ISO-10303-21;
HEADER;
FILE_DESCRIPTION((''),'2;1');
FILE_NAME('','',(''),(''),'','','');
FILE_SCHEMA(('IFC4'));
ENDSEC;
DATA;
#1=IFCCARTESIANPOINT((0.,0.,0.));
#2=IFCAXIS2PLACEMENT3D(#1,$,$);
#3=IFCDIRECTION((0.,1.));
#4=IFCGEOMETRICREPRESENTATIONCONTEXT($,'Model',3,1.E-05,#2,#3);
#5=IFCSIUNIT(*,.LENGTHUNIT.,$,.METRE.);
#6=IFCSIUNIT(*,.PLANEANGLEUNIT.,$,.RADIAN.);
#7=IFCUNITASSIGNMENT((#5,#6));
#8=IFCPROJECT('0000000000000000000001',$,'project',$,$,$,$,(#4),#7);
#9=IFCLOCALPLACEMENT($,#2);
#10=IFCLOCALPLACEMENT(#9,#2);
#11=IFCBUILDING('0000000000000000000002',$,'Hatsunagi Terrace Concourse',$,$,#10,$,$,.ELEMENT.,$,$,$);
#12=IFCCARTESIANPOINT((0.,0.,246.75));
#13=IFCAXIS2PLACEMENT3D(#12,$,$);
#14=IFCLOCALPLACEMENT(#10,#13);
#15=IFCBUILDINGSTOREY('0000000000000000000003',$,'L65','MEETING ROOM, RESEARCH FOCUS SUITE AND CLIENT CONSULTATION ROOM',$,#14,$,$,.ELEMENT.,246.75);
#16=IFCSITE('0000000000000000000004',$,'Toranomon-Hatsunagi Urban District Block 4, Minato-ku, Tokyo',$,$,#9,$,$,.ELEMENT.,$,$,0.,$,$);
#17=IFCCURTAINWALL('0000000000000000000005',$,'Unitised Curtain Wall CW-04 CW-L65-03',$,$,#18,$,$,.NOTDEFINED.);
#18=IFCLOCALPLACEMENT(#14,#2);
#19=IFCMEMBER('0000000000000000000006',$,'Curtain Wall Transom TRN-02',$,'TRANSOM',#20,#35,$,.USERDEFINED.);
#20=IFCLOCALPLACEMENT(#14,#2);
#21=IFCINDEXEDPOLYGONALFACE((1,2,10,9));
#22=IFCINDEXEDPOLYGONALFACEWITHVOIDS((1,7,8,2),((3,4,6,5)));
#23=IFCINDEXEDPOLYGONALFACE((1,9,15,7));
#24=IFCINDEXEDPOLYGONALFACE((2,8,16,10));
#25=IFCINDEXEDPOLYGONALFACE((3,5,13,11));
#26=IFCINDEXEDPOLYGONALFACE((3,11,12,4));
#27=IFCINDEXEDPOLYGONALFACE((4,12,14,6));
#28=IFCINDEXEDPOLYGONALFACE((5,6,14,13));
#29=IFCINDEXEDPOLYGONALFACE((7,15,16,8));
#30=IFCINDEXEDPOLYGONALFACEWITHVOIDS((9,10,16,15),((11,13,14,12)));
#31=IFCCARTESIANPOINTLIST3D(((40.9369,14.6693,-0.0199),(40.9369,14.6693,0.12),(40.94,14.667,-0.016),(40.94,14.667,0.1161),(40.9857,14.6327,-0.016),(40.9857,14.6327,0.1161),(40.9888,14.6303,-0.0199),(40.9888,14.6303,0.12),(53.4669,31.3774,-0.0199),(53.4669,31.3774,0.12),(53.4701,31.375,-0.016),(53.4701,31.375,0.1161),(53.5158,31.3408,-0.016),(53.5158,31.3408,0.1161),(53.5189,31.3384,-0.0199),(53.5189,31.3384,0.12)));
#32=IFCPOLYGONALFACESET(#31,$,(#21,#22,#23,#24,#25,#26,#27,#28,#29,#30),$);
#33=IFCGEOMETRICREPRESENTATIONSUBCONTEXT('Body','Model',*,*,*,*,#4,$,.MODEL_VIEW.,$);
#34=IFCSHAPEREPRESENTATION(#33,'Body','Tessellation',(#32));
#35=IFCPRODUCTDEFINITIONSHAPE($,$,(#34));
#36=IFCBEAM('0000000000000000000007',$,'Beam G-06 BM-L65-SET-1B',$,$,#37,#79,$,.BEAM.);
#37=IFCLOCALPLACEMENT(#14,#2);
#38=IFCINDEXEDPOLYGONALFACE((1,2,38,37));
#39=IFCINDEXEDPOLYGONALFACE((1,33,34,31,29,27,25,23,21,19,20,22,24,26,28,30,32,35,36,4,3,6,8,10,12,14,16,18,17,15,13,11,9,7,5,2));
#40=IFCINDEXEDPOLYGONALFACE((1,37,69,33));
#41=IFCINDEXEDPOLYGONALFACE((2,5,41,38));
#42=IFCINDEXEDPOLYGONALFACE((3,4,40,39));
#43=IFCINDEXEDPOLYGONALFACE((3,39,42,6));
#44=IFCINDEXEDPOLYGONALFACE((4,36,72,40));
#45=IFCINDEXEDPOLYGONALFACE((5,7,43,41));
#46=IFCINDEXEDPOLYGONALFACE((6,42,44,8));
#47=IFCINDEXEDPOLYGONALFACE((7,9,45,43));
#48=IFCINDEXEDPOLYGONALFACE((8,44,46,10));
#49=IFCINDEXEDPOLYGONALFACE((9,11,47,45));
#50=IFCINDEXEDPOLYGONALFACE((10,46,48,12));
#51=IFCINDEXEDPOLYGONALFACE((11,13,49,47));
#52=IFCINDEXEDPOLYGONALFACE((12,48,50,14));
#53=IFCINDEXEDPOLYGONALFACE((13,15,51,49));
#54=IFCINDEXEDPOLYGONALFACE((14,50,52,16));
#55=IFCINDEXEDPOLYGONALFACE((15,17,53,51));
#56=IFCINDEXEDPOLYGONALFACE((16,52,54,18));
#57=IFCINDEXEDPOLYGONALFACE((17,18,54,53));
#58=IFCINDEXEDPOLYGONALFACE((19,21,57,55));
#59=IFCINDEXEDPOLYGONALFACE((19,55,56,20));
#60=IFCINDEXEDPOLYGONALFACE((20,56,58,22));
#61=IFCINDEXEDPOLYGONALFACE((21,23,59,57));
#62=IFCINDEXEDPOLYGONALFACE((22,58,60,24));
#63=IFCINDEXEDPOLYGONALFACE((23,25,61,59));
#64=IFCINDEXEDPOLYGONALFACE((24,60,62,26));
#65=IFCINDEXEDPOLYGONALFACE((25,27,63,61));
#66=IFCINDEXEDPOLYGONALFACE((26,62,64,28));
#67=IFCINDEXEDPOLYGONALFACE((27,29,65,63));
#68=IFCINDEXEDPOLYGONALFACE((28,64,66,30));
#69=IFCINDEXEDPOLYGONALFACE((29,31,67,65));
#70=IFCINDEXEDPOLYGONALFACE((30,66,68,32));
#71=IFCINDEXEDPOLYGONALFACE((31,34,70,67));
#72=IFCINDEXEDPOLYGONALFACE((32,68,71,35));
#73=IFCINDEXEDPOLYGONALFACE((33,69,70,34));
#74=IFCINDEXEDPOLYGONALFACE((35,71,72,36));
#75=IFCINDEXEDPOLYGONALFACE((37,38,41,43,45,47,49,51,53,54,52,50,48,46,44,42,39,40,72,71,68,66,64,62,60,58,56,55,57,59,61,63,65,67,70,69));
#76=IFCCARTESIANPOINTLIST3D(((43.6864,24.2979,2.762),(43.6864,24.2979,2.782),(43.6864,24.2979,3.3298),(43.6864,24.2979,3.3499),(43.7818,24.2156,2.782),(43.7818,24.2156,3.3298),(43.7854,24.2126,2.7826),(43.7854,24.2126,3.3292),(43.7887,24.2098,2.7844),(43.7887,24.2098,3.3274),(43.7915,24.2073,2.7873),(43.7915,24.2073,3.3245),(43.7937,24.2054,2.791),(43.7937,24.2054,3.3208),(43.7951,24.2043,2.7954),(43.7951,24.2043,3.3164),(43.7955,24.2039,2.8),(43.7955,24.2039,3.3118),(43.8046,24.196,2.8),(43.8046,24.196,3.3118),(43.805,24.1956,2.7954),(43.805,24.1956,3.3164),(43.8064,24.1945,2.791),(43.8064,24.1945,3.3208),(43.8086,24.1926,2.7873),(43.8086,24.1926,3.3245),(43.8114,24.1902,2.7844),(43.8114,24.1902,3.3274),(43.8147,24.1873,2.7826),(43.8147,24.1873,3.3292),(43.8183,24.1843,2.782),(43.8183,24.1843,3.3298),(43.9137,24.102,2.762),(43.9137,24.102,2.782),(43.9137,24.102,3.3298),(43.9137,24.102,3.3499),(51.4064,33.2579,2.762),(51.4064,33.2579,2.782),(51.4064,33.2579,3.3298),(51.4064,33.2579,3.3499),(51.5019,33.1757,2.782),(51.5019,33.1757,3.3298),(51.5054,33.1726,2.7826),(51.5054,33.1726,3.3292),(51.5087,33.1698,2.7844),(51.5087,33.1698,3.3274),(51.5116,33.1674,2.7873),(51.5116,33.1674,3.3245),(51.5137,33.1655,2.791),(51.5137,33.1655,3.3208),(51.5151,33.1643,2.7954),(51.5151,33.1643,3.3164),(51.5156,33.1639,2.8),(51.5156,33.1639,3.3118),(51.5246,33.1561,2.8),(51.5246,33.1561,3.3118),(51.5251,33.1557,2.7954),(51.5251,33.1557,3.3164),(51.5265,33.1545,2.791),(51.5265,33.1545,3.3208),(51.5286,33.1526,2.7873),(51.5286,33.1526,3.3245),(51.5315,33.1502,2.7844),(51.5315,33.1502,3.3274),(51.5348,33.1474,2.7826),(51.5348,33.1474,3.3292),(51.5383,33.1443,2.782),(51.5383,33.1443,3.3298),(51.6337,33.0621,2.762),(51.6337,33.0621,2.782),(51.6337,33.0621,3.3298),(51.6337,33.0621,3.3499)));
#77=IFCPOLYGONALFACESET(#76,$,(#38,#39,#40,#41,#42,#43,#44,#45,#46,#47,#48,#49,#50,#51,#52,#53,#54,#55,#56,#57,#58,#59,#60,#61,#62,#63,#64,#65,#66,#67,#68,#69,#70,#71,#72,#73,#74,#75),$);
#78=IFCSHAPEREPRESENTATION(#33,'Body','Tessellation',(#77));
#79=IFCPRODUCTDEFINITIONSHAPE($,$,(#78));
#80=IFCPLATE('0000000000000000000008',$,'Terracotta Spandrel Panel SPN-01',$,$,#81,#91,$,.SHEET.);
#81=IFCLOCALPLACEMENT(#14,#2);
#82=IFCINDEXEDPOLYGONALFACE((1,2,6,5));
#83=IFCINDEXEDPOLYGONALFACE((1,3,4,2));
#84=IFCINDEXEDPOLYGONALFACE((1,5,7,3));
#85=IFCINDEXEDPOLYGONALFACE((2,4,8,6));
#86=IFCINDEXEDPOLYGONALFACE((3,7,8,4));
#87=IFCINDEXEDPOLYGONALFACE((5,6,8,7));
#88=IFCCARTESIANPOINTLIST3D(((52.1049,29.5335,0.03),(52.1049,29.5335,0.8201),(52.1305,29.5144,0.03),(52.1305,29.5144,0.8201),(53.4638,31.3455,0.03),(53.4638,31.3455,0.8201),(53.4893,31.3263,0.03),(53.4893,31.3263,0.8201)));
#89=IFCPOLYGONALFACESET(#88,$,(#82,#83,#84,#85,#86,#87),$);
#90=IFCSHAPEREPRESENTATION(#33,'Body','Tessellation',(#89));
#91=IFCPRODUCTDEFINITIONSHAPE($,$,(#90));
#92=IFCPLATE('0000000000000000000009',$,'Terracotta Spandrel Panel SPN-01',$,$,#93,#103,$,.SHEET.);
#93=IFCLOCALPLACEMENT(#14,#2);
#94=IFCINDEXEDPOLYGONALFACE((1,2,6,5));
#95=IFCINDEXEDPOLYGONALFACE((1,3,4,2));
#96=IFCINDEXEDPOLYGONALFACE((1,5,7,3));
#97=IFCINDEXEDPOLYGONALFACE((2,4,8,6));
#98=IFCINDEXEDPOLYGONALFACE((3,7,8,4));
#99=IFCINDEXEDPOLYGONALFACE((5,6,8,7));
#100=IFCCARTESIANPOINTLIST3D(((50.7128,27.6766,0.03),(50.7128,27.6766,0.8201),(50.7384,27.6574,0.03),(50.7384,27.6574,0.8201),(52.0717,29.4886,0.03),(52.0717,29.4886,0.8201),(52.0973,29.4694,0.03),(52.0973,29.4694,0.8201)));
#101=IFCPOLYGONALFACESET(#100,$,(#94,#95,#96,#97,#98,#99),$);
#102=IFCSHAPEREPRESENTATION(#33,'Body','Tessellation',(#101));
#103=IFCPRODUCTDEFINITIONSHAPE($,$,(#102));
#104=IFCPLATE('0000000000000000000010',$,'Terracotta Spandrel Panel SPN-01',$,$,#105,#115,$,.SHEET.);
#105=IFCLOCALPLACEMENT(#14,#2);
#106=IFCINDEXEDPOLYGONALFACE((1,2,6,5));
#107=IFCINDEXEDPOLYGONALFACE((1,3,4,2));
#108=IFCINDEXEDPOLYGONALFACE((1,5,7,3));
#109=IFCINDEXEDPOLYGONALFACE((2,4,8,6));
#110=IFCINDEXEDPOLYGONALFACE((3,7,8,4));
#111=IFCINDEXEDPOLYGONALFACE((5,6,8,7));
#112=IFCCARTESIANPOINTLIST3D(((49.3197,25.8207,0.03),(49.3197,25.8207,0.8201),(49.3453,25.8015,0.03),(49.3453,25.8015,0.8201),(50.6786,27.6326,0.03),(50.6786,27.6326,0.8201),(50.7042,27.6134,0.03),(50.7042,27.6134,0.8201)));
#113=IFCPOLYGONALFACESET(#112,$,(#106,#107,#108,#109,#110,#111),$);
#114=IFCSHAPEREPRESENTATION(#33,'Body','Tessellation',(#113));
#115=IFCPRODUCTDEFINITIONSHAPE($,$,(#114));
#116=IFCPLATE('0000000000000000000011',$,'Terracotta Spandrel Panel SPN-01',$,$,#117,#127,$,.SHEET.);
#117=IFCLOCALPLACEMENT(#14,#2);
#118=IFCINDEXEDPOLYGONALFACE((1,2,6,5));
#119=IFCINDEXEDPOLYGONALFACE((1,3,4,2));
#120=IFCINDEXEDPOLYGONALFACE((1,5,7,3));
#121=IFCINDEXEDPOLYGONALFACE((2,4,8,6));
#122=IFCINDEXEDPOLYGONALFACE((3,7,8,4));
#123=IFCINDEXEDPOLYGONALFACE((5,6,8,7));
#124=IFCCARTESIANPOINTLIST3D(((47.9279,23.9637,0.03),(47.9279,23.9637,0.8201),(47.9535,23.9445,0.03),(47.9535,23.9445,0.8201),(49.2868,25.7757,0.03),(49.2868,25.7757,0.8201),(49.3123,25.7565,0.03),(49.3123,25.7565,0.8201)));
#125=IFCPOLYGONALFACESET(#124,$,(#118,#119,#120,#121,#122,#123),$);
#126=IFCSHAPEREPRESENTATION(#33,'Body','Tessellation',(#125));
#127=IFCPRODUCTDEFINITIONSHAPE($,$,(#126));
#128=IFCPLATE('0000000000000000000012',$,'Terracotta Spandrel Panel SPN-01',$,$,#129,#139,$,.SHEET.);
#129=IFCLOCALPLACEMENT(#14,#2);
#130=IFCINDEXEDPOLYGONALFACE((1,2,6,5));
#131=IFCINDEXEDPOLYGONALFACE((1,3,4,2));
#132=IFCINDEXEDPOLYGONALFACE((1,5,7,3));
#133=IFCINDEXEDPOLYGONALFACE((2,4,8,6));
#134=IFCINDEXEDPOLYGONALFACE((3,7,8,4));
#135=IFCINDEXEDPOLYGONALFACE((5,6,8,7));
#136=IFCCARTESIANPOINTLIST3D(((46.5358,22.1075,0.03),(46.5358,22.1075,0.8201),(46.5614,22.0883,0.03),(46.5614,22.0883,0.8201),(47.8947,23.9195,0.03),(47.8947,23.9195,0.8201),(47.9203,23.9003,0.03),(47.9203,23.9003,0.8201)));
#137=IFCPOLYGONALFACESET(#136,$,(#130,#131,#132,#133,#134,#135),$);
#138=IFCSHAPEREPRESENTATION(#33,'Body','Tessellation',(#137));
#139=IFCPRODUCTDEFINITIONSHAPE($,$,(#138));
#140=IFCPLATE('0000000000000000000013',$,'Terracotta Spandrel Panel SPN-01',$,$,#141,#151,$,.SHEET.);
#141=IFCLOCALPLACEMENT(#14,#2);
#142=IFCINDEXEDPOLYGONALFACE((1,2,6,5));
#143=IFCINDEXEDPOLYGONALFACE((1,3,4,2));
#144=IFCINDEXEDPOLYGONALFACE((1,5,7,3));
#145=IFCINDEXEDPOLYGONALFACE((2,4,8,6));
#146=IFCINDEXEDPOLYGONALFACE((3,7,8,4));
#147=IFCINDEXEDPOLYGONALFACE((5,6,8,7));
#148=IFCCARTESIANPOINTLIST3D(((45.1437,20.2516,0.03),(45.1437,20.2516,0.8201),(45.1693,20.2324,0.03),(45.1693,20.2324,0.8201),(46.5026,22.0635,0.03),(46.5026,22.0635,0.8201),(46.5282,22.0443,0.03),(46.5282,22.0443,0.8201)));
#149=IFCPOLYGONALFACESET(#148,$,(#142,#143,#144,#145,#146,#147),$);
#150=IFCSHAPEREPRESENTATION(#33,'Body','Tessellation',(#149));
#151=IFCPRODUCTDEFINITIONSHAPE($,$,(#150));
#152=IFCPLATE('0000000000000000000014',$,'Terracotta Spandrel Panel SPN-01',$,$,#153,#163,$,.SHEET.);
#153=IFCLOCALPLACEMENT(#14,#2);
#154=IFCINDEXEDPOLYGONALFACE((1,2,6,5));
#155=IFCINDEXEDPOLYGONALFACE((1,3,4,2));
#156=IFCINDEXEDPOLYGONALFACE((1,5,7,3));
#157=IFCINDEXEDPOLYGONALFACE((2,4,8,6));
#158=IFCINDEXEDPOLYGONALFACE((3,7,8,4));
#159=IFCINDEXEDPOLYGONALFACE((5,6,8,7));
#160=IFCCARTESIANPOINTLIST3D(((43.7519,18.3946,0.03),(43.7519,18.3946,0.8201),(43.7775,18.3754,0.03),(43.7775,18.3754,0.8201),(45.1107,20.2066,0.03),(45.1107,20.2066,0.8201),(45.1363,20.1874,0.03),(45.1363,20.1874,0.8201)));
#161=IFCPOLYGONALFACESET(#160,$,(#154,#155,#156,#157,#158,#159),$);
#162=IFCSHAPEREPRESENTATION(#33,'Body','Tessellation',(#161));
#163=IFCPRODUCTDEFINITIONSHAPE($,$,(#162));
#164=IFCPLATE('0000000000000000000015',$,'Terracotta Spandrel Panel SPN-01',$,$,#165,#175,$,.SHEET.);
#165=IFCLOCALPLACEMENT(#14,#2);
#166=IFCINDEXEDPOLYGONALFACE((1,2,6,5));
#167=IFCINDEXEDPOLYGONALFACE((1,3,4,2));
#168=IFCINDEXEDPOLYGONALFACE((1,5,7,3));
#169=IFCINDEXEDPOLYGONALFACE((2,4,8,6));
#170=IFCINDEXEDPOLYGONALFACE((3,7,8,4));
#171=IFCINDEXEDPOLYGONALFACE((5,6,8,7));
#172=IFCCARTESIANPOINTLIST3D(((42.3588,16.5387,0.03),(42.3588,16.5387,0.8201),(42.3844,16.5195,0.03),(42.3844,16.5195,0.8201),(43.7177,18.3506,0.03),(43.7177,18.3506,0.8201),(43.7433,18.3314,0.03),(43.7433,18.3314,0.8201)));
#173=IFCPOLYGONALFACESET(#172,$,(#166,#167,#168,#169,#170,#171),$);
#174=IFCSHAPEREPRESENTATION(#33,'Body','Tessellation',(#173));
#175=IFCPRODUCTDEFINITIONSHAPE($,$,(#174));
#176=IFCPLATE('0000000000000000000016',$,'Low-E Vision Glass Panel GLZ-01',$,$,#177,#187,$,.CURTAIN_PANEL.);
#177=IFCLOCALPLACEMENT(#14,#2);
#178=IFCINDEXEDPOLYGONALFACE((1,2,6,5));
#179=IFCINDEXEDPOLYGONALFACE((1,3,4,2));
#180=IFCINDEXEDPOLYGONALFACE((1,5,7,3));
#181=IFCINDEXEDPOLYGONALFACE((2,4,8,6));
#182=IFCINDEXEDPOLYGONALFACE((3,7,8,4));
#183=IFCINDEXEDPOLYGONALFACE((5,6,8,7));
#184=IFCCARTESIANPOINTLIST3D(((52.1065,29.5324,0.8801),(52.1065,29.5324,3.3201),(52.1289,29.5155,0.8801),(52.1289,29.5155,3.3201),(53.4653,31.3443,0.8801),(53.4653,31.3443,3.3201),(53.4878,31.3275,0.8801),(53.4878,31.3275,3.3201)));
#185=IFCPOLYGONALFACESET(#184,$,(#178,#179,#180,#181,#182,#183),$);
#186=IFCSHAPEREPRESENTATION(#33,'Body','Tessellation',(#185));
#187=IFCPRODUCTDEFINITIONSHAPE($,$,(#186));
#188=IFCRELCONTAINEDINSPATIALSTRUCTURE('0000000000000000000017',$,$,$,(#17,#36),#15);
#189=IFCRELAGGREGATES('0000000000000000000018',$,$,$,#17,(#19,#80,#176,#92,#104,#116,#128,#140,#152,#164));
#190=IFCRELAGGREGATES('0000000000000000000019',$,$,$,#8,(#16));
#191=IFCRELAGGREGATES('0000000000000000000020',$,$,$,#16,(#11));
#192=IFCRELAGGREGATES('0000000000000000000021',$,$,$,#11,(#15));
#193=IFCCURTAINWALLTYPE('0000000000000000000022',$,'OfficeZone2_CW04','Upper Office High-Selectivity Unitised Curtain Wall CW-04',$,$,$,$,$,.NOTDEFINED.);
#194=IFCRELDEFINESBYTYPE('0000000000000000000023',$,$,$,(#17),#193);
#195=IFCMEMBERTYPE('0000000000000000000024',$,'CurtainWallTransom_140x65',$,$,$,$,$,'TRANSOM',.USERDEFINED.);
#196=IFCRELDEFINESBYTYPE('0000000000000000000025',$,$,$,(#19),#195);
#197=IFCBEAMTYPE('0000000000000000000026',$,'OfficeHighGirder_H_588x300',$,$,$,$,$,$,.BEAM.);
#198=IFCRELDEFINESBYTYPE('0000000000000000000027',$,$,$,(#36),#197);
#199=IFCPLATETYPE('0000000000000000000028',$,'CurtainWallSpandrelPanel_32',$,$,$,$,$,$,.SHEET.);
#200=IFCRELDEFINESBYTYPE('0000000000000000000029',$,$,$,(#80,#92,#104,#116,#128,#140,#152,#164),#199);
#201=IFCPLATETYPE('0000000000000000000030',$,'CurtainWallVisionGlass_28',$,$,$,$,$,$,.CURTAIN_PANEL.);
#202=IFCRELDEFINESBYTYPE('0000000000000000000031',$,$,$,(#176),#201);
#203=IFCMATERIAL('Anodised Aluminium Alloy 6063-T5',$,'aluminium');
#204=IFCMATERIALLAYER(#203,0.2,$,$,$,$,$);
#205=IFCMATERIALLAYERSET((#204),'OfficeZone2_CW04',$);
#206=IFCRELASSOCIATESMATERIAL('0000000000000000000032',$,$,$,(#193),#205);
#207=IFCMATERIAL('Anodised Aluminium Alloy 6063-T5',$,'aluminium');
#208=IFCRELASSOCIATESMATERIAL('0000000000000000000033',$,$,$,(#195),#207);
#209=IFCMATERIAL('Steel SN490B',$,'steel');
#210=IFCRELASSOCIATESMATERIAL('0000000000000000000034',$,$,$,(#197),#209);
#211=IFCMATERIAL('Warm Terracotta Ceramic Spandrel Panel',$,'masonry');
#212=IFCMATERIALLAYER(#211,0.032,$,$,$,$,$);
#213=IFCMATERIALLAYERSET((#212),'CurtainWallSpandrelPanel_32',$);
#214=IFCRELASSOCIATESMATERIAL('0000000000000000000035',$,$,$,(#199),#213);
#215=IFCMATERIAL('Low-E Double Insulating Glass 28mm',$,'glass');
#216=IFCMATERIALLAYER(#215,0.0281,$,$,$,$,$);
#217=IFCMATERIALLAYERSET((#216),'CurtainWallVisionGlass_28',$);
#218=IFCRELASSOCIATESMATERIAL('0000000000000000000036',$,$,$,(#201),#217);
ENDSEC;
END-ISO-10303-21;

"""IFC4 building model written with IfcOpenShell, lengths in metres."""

from ifc_helpers import new_model, si_unit, direction, frame, origin, origin_2d, place, context, subcontext, project, spatial, rectangle, hollow_rectangle, i_section, extrude, material, layer, layer_set, material_profile, profile_set, type_object, element, aggregate, save


model = new_model("IFC4")

# Units and contexts
model_context = context("Model", 3, precision=1e-05, world=origin(), true_north=direction((0.0, 1.0)))
body_context = subcontext(model_context, "Body", "Model", "MODEL_VIEW")
ifc_project = project(units=[si_unit("LENGTHUNIT", "METRE"), si_unit("PLANEANGLEUNIT", "RADIAN")], contexts=[model_context])

# Site, building, storey
site_placement = place(None, origin())
site = spatial("IfcSite", under=ifc_project, at=site_placement, Name="Toranomon-Hatsunagi Urban District Block 4, Minato-ku, Tokyo", CompositionType="ELEMENT", RefElevation=0.0)
building_placement = place(site_placement, origin())
building = spatial("IfcBuilding", under=site, at=building_placement, Name="Hatsunagi Terrace Concourse", CompositionType="ELEMENT")
storey_placement = place(building_placement, frame((0.0, 0.0, 246.75)))
storey = spatial("IfcBuildingStorey", under=building, at=storey_placement, Name="L65", Description="MEETING ROOM, RESEARCH FOCUS SUITE AND CLIENT CONSULTATION ROOM", CompositionType="ELEMENT", Elevation=246.75)

# Curtain wall, member
ifc_material_1 = material(Name="Anodised Aluminium Alloy 6063-T5", Category="aluminium")
ifc_layer_1 = layer(ifc_material_1, 0.2)
ifc_layer_set_1 = layer_set([ifc_layer_1], Name="OfficeZone2_CW04")
curtain_wall_type = type_object("IfcCurtainWallType", Name="OfficeZone2_CW04", Description="Upper Office High-Selectivity Unitised Curtain Wall CW-04", PredefinedType="NOTDEFINED", material=ifc_layer_set_1)
curtain_wall_placement = place(storey_placement, origin())
curtain_wall = element("IfcCurtainWall", 1, at=curtain_wall_placement, inside=storey, type_object=curtain_wall_type, Name="Unitised Curtain Wall CW-04 CW-L65-03", PredefinedType="NOTDEFINED")
ifc_material_2 = material(Name="Anodised Aluminium Alloy 6063-T5", Category="aluminium")
ifc_material_profile_1 = material_profile(ifc_material_2, hollow_rectangle(XDim=0.0649, YDim=0.1399, WallThickness=0.0039, at=origin_2d()), Name="ALU-TRN-140x65x4")
ifc_profile_set_1 = profile_set([ifc_material_profile_1], Name="Anodised Aluminium Alloy 6063-T5")
member_type_1 = type_object("IfcMemberType", Name="CurtainWallTransom_140x65", ElementType="TRANSOM", PredefinedType="USERDEFINED", material=ifc_profile_set_1)
member_1_placement = place(storey_placement, frame((53.4929, 31.3579, 0.05), z_axis=(-0.59997, -0.800022, 0.0), x_axis=(0.800022, -0.59997, 0.0)))
member_1 = element("IfcMember", 2, at=member_1_placement, type_object=member_type_1, Name="Curtain Wall Transom TRN-02", ObjectType="TRANSOM", PredefinedType="USERDEFINED", context=body_context, shape_type="SweptSolid", body=[
    extrude(hollow_rectangle(XDim=0.0649, YDim=0.1399, WallThickness=0.0039, at=origin_2d()), origin(), (0.0, 0.0, 1.0), 20.8845),
])

# Beam
ifc_material_3 = material(Name="Steel SN490B", Category="steel")
ifc_material_profile_2 = material_profile(ifc_material_3, i_section(OverallWidth=0.3, OverallDepth=0.5879, WebThickness=0.012, FlangeThickness=0.02, FilletRadius=0.0181, at=origin_2d()), Name="H-588x300x12x20")
ifc_profile_set_2 = profile_set([ifc_material_profile_2], Name="Steel SN490B")
beam_type = type_object("IfcBeamType", Name="OfficeHighGirder_H_588x300", PredefinedType="BEAM", material=ifc_profile_set_2)
beam_placement = place(storey_placement, frame((43.8, 24.2, 3.0559), z_axis=(0.652739, 0.757583, 0.0), x_axis=(-0.757583, 0.652739, 0.0)))
element("IfcBeam", 3, at=beam_placement, inside=storey, type_object=beam_type, Name="Beam G-06 BM-L65-SET-1B", PredefinedType="BEAM", context=body_context, shape_type="SweptSolid", body=[
    extrude(i_section(OverallWidth=0.3, OverallDepth=0.5879, WebThickness=0.012, FlangeThickness=0.02, FilletRadius=0.0181, at=origin_2d()), origin(), (0.0, 0.0, 1.0), 11.8271),
])

# Plates
ifc_material_4 = material(Name="Warm Terracotta Ceramic Spandrel Panel", Category="masonry")
ifc_layer_2 = layer(ifc_material_4, 0.032)
ifc_layer_set_2 = layer_set([ifc_layer_2], Name="CurtainWallSpandrelPanel_32")
plate_type_1 = type_object("IfcPlateType", Name="CurtainWallSpandrelPanel_32", PredefinedType="SHEET", material=ifc_layer_set_2)
plate_1_placement = place(storey_placement, frame((52.7971, 30.4299, 0.03), z_axis=(0.0, 0.0, 1.0), x_axis=(-0.599969, -0.800023, 0.0)))
plate_1 = element("IfcPlate", 4, at=plate_1_placement, type_object=plate_type_1, Name="Terracotta Spandrel Panel SPN-01", PredefinedType="SHEET", context=body_context, shape_type="SweptSolid", body=[
    extrude(rectangle(XDim=2.2649, YDim=0.032, at=origin_2d()), origin(), (0.0, 0.0, 1.0), 0.79),
])
plate_2_placement = place(storey_placement, frame((51.405, 28.573, 0.03), z_axis=(0.0, 0.0, 1.0), x_axis=(-0.599969, -0.800023, 0.0)))
plate_2 = element("IfcPlate", 5, at=plate_2_placement, type_object=plate_type_1, Name="Terracotta Spandrel Panel SPN-01", PredefinedType="SHEET", context=body_context, shape_type="SweptSolid", body=[
    extrude(rectangle(XDim=2.2649, YDim=0.032, at=origin_2d()), origin(), (0.0, 0.0, 1.0), 0.79),
])
plate_3_placement = place(storey_placement, frame((50.012, 26.717, 0.03), z_axis=(0.0, 0.0, 1.0), x_axis=(-0.599969, -0.800023, 0.0)))
plate_3 = element("IfcPlate", 6, at=plate_3_placement, type_object=plate_type_1, Name="Terracotta Spandrel Panel SPN-01", PredefinedType="SHEET", context=body_context, shape_type="SweptSolid", body=[
    extrude(rectangle(XDim=2.2649, YDim=0.032, at=origin_2d()), origin(), (0.0, 0.0, 1.0), 0.79),
])
plate_4_placement = place(storey_placement, frame((48.6201, 24.8601, 0.03), z_axis=(0.0, 0.0, 1.0), x_axis=(-0.599969, -0.800023, 0.0)))
plate_4 = element("IfcPlate", 7, at=plate_4_placement, type_object=plate_type_1, Name="Terracotta Spandrel Panel SPN-01", PredefinedType="SHEET", context=body_context, shape_type="SweptSolid", body=[
    extrude(rectangle(XDim=2.2649, YDim=0.032, at=origin_2d()), origin(), (0.0, 0.0, 1.0), 0.79),
])
plate_5_placement = place(storey_placement, frame((47.228, 23.0039, 0.03), z_axis=(0.0, 0.0, 1.0), x_axis=(-0.599969, -0.800023, 0.0)))
plate_5 = element("IfcPlate", 8, at=plate_5_placement, type_object=plate_type_1, Name="Terracotta Spandrel Panel SPN-01", PredefinedType="SHEET", context=body_context, shape_type="SweptSolid", body=[
    extrude(rectangle(XDim=2.2649, YDim=0.032, at=origin_2d()), origin(), (0.0, 0.0, 1.0), 0.79),
])
plate_6_placement = place(storey_placement, frame((45.8359, 21.1479, 0.03), z_axis=(0.0, 0.0, 1.0), x_axis=(-0.599969, -0.800023, 0.0)))
plate_6 = element("IfcPlate", 9, at=plate_6_placement, type_object=plate_type_1, Name="Terracotta Spandrel Panel SPN-01", PredefinedType="SHEET", context=body_context, shape_type="SweptSolid", body=[
    extrude(rectangle(XDim=2.2649, YDim=0.032, at=origin_2d()), origin(), (0.0, 0.0, 1.0), 0.79),
])
plate_7_placement = place(storey_placement, frame((44.4441, 19.291, 0.03), z_axis=(0.0, 0.0, 1.0), x_axis=(-0.599969, -0.800023, 0.0)))
plate_7 = element("IfcPlate", 10, at=plate_7_placement, type_object=plate_type_1, Name="Terracotta Spandrel Panel SPN-01", PredefinedType="SHEET", context=body_context, shape_type="SweptSolid", body=[
    extrude(rectangle(XDim=2.2649, YDim=0.032, at=origin_2d()), origin(), (0.0, 0.0, 1.0), 0.79),
])
plate_8_placement = place(storey_placement, frame((43.051, 17.4351, 0.03), z_axis=(0.0, 0.0, 1.0), x_axis=(-0.599969, -0.800023, 0.0)))
plate_8 = element("IfcPlate", 11, at=plate_8_placement, type_object=plate_type_1, Name="Terracotta Spandrel Panel SPN-01", PredefinedType="SHEET", context=body_context, shape_type="SweptSolid", body=[
    extrude(rectangle(XDim=2.2649, YDim=0.032, at=origin_2d()), origin(), (0.0, 0.0, 1.0), 0.79),
])
ifc_material_5 = material(Name="Low-E Double Insulating Glass 28mm", Category="glass")
ifc_layer_3 = layer(ifc_material_5, 0.0281)
ifc_layer_set_3 = layer_set([ifc_layer_3], Name="CurtainWallVisionGlass_28")
plate_type_2 = type_object("IfcPlateType", Name="CurtainWallVisionGlass_28", PredefinedType="CURTAIN_PANEL", material=ifc_layer_set_3)
plate_9_placement = place(storey_placement, frame((52.7971, 30.4299, 0.8801), z_axis=(0.0, 0.0, 1.0), x_axis=(-0.599969, -0.800023, 0.0)))
plate_9 = element("IfcPlate", 12, at=plate_9_placement, type_object=plate_type_2, Name="Low-E Vision Glass Panel GLZ-01", PredefinedType="CURTAIN_PANEL", context=body_context, shape_type="SweptSolid", body=[
    extrude(rectangle(XDim=2.2649, YDim=0.0281, at=origin_2d()), origin(), (0.0, 0.0, 1.0), 2.4399),
])
aggregate(curtain_wall, [member_1, plate_1, plate_9, plate_2, plate_3, plate_4, plate_5, plate_6, plate_7, plate_8])

save(model, "model.ifc")
